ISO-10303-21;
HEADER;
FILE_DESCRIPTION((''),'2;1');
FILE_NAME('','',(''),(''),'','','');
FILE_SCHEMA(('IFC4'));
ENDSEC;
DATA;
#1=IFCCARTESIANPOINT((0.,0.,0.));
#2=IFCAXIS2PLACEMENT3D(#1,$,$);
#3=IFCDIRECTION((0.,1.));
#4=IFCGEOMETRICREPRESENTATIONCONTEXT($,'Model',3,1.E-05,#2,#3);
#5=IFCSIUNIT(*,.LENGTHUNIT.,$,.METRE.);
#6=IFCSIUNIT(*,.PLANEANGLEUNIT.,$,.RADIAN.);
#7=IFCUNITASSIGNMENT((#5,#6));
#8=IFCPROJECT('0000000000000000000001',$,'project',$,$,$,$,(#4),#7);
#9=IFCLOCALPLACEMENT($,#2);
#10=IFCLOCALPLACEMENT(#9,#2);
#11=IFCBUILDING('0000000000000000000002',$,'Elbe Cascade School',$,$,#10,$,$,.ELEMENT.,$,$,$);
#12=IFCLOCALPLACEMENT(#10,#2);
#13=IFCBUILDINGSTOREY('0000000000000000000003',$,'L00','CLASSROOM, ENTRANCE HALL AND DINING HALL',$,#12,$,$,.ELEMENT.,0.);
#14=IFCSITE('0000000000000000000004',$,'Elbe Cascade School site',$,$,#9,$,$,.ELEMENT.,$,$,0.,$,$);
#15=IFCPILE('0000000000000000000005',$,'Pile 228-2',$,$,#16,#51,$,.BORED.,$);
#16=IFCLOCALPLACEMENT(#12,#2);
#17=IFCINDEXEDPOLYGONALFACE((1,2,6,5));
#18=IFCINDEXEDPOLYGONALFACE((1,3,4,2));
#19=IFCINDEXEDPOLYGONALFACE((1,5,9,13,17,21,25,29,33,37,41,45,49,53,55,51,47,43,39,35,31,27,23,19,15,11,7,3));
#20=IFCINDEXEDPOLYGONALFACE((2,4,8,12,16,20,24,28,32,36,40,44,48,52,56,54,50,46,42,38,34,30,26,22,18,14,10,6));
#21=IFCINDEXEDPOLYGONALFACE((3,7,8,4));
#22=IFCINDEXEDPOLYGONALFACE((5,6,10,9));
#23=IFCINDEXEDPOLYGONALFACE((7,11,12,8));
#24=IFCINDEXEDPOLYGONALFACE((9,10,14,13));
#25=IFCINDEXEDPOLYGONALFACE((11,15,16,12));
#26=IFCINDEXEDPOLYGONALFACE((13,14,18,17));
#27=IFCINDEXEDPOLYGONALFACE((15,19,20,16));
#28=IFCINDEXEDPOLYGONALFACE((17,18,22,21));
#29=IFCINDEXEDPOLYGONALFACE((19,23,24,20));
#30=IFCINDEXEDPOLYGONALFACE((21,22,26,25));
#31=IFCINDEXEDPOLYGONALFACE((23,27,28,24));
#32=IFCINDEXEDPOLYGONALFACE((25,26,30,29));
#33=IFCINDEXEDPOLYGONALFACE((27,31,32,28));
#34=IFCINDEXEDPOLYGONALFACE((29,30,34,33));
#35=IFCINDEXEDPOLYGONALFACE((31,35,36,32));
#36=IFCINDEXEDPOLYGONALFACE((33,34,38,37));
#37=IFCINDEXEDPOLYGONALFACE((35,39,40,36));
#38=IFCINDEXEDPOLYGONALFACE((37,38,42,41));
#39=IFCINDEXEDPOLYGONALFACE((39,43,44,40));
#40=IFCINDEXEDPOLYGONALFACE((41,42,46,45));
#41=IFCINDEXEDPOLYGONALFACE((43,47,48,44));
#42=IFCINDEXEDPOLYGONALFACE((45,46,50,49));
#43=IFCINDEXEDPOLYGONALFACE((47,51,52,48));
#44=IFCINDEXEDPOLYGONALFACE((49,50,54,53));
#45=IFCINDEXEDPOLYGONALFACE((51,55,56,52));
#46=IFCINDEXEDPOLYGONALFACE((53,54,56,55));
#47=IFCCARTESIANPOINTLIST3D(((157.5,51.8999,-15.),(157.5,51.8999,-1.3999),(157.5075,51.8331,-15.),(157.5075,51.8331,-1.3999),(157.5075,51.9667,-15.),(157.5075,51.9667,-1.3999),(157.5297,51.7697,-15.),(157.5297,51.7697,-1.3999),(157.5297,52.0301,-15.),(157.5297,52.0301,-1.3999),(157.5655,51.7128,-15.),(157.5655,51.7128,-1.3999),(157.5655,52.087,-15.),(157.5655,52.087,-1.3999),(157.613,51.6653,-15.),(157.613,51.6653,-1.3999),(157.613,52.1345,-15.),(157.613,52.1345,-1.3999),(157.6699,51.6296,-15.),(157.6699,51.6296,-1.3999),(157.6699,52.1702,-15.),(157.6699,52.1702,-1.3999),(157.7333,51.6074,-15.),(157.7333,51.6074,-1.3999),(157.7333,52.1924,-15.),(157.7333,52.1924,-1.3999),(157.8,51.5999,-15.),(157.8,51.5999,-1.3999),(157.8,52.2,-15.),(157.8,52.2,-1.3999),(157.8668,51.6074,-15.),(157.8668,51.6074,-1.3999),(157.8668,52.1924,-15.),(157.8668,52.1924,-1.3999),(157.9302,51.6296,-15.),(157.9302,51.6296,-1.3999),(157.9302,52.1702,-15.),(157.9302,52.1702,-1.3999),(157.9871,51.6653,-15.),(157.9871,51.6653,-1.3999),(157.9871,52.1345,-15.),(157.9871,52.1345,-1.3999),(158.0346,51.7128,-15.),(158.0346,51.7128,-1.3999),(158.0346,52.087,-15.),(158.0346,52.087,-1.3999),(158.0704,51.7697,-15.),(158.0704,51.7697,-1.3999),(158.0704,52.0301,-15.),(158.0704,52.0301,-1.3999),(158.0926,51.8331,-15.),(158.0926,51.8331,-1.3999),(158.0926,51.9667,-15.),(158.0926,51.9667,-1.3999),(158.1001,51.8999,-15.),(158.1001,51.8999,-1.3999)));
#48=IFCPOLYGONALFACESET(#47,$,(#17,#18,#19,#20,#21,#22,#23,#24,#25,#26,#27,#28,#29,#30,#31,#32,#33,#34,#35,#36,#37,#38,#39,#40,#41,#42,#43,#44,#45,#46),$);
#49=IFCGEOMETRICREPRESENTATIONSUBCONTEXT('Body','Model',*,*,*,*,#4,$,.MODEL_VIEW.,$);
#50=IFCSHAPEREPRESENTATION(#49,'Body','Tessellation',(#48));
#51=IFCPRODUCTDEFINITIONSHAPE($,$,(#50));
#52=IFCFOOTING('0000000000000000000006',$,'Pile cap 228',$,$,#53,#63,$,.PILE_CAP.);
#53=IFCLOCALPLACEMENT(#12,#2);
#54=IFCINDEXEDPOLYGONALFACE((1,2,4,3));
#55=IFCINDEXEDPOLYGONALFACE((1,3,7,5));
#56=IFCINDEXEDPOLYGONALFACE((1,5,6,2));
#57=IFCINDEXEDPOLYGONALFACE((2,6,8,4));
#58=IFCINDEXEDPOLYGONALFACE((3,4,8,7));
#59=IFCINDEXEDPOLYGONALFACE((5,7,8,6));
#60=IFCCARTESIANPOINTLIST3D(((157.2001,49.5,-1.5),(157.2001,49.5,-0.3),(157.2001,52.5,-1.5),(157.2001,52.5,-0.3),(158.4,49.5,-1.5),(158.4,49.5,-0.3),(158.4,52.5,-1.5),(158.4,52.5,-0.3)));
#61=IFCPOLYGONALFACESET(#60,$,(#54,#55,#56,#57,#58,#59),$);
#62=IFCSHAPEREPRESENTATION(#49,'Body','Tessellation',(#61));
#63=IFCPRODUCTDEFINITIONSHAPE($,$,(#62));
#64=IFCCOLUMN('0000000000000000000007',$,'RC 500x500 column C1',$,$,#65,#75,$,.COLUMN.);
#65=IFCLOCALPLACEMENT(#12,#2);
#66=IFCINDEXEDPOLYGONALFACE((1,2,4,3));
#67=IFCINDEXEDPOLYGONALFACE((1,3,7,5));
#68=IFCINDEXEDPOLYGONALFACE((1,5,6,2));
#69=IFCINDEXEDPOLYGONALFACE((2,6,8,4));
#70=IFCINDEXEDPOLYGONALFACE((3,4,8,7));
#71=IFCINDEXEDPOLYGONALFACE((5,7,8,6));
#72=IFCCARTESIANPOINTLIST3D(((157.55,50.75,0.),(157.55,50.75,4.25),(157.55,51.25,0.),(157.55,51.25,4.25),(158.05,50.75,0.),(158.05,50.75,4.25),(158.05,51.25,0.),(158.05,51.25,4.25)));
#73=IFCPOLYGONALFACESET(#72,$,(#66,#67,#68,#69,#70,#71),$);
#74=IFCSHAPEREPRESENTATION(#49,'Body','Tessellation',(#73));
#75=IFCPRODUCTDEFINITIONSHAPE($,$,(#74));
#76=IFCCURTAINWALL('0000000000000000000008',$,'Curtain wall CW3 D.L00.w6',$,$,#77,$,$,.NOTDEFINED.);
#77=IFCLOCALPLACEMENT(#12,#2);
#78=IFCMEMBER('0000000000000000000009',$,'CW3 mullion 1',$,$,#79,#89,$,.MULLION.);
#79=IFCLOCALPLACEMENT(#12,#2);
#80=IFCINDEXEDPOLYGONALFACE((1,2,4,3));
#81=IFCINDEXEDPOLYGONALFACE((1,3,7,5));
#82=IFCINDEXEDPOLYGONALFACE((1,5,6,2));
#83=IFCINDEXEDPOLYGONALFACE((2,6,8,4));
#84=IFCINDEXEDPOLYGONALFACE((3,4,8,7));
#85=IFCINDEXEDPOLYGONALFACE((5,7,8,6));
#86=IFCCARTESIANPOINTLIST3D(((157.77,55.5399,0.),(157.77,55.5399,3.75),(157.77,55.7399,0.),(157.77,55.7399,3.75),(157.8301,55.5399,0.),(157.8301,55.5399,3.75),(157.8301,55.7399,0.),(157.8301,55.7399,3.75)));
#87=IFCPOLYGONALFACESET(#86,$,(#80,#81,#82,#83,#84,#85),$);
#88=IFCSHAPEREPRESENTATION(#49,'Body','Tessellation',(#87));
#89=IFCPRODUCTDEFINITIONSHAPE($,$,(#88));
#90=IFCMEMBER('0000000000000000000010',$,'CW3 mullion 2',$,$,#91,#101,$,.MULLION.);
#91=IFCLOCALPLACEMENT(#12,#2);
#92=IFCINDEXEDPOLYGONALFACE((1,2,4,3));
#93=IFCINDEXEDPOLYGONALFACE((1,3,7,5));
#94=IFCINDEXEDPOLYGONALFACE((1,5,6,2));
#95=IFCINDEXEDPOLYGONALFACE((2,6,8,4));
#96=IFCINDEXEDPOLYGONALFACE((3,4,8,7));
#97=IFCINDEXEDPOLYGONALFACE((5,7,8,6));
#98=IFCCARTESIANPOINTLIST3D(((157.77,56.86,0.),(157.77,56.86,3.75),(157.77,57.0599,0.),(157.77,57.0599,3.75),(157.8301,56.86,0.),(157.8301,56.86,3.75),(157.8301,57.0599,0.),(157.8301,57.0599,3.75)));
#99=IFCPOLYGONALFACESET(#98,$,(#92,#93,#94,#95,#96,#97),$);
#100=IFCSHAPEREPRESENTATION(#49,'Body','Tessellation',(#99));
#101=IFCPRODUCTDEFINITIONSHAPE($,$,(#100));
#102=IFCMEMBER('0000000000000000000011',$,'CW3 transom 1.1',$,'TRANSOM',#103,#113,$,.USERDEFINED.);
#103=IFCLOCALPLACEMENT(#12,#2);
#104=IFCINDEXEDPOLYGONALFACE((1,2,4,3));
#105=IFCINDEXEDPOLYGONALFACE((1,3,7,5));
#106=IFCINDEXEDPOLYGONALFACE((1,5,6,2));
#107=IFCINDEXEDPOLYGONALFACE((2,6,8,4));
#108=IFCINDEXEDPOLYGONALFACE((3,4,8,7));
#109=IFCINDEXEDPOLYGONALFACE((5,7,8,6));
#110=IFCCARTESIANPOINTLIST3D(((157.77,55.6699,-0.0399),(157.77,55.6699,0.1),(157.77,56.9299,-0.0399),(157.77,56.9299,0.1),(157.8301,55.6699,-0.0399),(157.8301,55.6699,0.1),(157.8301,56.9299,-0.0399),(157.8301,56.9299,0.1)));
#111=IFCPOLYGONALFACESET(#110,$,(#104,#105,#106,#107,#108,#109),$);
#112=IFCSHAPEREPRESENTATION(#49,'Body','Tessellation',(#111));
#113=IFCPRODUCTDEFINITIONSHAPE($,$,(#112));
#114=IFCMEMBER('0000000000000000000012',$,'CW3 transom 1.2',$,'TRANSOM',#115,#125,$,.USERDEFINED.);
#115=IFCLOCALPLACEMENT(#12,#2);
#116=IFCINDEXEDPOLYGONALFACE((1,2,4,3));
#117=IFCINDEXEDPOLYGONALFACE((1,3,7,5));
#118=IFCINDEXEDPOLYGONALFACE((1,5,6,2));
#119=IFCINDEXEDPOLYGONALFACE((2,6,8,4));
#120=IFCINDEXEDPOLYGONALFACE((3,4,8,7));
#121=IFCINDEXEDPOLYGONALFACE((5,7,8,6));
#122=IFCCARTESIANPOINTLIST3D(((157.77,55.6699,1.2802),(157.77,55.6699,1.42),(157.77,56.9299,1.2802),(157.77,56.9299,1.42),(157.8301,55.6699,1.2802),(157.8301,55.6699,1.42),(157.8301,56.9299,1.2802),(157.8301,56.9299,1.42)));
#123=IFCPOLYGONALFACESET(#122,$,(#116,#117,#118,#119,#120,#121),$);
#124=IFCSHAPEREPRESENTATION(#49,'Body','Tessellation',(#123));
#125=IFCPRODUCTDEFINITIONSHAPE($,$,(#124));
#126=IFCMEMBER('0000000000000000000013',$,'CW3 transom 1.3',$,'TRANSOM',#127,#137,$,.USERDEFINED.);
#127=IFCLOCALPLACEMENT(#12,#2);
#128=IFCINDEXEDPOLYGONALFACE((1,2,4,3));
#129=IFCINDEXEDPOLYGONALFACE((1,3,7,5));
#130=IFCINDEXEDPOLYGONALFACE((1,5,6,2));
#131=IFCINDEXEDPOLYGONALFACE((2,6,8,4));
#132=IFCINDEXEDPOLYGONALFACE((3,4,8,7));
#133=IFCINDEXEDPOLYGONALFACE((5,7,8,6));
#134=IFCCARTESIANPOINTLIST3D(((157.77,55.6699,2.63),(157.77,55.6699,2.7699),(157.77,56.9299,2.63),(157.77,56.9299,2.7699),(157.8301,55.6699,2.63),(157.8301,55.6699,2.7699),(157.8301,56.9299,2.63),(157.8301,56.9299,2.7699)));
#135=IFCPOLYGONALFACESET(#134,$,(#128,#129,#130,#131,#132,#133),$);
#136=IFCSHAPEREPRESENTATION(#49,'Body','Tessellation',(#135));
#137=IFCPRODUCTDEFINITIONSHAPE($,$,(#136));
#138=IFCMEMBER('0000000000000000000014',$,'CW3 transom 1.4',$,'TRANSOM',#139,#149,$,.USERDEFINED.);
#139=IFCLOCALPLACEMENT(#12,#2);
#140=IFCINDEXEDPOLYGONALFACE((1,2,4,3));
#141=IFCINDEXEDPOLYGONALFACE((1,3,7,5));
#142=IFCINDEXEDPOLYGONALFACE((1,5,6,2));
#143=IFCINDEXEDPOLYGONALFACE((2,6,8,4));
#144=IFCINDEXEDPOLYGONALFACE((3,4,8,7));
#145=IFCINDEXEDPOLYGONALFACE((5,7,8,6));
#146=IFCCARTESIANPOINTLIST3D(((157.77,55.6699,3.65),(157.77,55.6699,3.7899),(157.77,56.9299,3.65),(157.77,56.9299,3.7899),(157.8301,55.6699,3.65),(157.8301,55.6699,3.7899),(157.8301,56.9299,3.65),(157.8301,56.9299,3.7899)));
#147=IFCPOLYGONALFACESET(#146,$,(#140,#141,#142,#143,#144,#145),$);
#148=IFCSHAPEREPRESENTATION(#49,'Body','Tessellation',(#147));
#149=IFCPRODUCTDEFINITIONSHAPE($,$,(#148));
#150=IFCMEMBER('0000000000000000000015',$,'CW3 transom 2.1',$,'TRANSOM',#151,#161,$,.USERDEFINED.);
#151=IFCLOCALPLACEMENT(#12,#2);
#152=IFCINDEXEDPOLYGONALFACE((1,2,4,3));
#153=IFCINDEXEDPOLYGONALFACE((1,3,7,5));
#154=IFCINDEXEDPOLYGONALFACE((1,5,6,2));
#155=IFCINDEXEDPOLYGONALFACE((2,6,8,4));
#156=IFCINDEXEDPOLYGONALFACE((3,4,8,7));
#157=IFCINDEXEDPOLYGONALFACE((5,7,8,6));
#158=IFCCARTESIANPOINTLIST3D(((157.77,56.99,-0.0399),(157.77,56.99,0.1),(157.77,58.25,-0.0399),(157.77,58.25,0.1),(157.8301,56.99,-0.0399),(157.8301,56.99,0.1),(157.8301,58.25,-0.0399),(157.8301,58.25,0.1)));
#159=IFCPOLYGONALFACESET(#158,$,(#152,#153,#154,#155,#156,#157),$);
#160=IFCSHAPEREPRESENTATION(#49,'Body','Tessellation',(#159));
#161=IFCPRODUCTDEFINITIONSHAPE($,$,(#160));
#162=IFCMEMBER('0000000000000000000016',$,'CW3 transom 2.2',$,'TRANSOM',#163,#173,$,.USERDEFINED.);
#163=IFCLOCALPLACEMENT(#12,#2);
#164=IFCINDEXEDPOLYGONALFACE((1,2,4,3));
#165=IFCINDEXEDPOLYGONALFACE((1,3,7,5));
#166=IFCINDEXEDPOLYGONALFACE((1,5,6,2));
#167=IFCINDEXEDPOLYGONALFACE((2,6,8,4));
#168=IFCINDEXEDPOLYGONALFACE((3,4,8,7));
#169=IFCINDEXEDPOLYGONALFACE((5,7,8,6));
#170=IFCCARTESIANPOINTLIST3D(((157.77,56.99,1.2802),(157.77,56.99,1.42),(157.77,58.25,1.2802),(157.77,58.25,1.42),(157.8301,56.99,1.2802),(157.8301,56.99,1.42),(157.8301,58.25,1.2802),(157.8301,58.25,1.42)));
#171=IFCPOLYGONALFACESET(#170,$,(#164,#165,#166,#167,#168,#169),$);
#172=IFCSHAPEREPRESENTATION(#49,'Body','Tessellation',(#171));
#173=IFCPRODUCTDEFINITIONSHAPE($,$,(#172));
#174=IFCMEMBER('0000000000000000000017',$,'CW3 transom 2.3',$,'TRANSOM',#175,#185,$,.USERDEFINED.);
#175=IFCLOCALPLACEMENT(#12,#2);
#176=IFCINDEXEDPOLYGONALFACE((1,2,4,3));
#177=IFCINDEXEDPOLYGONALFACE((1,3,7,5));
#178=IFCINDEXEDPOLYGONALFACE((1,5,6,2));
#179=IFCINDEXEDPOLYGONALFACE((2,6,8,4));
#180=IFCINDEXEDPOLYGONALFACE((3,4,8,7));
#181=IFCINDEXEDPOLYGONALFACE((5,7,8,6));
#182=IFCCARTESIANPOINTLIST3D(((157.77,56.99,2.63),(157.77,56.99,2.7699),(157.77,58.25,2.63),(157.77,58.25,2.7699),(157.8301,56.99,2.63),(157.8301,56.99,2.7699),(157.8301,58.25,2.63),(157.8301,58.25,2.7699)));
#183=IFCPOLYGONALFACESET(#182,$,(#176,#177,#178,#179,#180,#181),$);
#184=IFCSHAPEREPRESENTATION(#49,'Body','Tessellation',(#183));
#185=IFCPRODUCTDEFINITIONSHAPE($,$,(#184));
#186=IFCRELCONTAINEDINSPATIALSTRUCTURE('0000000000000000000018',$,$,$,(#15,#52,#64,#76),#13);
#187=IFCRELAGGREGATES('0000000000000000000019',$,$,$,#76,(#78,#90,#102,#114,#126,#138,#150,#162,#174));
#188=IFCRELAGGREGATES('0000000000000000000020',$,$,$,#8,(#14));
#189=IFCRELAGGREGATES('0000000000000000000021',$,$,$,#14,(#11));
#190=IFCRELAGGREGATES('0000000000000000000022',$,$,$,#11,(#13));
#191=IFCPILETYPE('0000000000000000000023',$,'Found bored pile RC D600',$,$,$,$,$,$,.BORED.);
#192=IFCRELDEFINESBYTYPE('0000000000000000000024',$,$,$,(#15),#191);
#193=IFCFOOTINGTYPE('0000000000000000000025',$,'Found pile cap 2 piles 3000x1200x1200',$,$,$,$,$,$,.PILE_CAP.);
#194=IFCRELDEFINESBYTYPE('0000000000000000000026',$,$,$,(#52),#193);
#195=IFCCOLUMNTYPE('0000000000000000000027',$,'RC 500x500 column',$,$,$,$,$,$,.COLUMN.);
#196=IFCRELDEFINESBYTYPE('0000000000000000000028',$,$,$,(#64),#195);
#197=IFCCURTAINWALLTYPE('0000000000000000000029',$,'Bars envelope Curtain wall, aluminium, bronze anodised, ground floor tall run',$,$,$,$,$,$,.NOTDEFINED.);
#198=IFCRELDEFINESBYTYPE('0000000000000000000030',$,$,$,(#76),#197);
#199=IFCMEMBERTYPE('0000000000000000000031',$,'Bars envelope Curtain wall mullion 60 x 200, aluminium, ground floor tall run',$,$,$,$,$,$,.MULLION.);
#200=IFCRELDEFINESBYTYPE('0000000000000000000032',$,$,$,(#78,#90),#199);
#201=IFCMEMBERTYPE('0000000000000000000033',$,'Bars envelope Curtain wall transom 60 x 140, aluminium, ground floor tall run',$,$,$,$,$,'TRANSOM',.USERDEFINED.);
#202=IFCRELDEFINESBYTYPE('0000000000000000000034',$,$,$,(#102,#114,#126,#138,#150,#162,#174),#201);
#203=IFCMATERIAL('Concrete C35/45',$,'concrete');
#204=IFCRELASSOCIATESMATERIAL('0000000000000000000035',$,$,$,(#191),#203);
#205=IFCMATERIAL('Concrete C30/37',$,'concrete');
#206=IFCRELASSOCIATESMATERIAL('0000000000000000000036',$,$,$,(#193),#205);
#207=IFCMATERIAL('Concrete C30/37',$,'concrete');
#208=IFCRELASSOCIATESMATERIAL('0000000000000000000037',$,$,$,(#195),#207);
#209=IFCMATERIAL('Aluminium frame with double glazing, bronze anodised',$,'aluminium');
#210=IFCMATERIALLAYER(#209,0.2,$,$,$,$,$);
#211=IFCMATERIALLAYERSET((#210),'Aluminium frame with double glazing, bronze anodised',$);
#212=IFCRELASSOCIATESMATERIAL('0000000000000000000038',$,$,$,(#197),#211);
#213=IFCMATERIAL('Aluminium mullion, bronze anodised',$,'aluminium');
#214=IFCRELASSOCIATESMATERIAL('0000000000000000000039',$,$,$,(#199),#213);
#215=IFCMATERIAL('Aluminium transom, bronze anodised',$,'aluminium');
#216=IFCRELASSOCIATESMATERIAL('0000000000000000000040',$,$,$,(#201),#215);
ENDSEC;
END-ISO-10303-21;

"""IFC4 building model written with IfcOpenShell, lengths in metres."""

from ifc_helpers import new_model, si_unit, direction, frame, origin, origin_2d, place, context, subcontext, project, spatial, rectangle, circle, extrude, material, layer, layer_set, material_profile, profile_set, type_object, element, aggregate, save


model = new_model("IFC4")

# Units and contexts
model_context = context("Model", 3, precision=1e-05, world=origin(), true_north=direction((0.0, 1.0)))
body_context = subcontext(model_context, "Body", "Model", "MODEL_VIEW")
ifc_project = project(units=[si_unit("LENGTHUNIT", "METRE"), si_unit("PLANEANGLEUNIT", "RADIAN")], contexts=[model_context])

# Site, building, storey
site_placement = place(None, origin())
site = spatial("IfcSite", under=ifc_project, at=site_placement, Name="Elbe Cascade School site", CompositionType="ELEMENT", RefElevation=0.0)
building_placement = place(site_placement, origin())
building = spatial("IfcBuilding", under=site, at=building_placement, Name="Elbe Cascade School", CompositionType="ELEMENT")
storey_placement = place(building_placement, origin())
storey = spatial("IfcBuildingStorey", under=building, at=storey_placement, Name="L00", Description="CLASSROOM, ENTRANCE HALL AND DINING HALL", CompositionType="ELEMENT", Elevation=0.0)

# Pile
ifc_material_1 = material(Name="Concrete C35/45", Category="concrete")
ifc_material_profile_1 = material_profile(ifc_material_1, circle(Radius=0.3, at=origin_2d()), Name="RC D600")
ifc_profile_set_1 = profile_set([ifc_material_profile_1], Name="Concrete C35/45")
pile_type = type_object("IfcPileType", Name="Found bored pile RC D600", PredefinedType="BORED", material=ifc_profile_set_1)
pile_placement = place(storey_placement, frame((157.8, 51.8999, -1.3999), z_axis=(0.0, 0.0, -1.0), x_axis=(1.0, 0.0, 0.0)))
element("IfcPile", 1, at=pile_placement, inside=storey, type_object=pile_type, Name="Pile 228-2", PredefinedType="BORED", context=body_context, shape_type="SweptSolid", body=[
    extrude(circle(Radius=0.3, at=origin_2d()), origin(), (0.0, 0.0, 1.0), 13.6001),
])

# Footing
ifc_material_2 = material(Name="Concrete C30/37", Category="concrete")
footing_type = type_object("IfcFootingType", Name="Found pile cap 2 piles 3000x1200x1200", PredefinedType="PILE_CAP", material=ifc_material_2)
footing_placement = place(storey_placement, frame((157.8, 51.0, -1.5), z_axis=(0.0, 0.0, 1.0), x_axis=(1.0, 0.0, 0.0)))
element("IfcFooting", 2, at=footing_placement, inside=storey, type_object=footing_type, Name="Pile cap 228", PredefinedType="PILE_CAP", context=body_context, shape_type="SweptSolid", body=[
    extrude(rectangle(XDim=1.2, YDim=3.0, at=origin_2d()), origin(), (0.0, 0.0, 1.0), 1.2),
])

# Column
ifc_material_3 = material(Name="Concrete C30/37", Category="concrete")
ifc_material_profile_2 = material_profile(ifc_material_3, rectangle(XDim=0.5, YDim=0.5, at=origin_2d()), Name="RC 500x500")
ifc_profile_set_2 = profile_set([ifc_material_profile_2], Name="Concrete C30/37")
column_type = type_object("IfcColumnType", Name="RC 500x500 column", PredefinedType="COLUMN", material=ifc_profile_set_2)
column_placement = place(storey_placement, frame((157.8, 51.0, 0.0), z_axis=(0.0, 0.0, 1.0), x_axis=(1.0, 0.0, 0.0)))
element("IfcColumn", 3, at=column_placement, inside=storey, type_object=column_type, Name="RC 500x500 column C1", PredefinedType="COLUMN", context=body_context, shape_type="SweptSolid", body=[
    extrude(rectangle(XDim=0.5, YDim=0.5, at=origin_2d()), origin(), (0.0, 0.0, 1.0), 4.25),
])

# Curtain wall, members
ifc_material_4 = material(Name="Aluminium frame with double glazing, bronze anodised", Category="aluminium")
ifc_layer_1 = layer(ifc_material_4, 0.2)
ifc_layer_set_1 = layer_set([ifc_layer_1], Name="Aluminium frame with double glazing, bronze anodised")
curtain_wall_type = type_object("IfcCurtainWallType", Name="Bars envelope Curtain wall, aluminium, bronze anodised, ground floor tall run", PredefinedType="NOTDEFINED", material=ifc_layer_set_1)
curtain_wall_placement = place(storey_placement, origin())
curtain_wall = element("IfcCurtainWall", 4, at=curtain_wall_placement, inside=storey, type_object=curtain_wall_type, Name="Curtain wall CW3 D.L00.w6", PredefinedType="NOTDEFINED")
ifc_material_5 = material(Name="Aluminium mullion, bronze anodised", Category="aluminium")
ifc_material_profile_3 = material_profile(ifc_material_5, rectangle(XDim=0.0601, YDim=0.2, at=origin_2d()), Name="Bars envelope Curtain wall mullion 60 x 200, aluminium, ground floor tall run")
ifc_profile_set_3 = profile_set([ifc_material_profile_3], Name="Aluminium mullion, bronze anodised")
member_type_1 = type_object("IfcMemberType", Name="Bars envelope Curtain wall mullion 60 x 200, aluminium, ground floor tall run", PredefinedType="MULLION", material=ifc_profile_set_3)
member_1_placement = place(storey_placement, frame((157.8, 55.6399, 0.0), z_axis=(0.0, 0.0, 1.0), x_axis=(-1.0, 0.0, 0.0)))
member_1 = element("IfcMember", 5, at=member_1_placement, type_object=member_type_1, Name="CW3 mullion 1", PredefinedType="MULLION", context=body_context, shape_type="SweptSolid", body=[
    extrude(rectangle(XDim=0.0601, YDim=0.2, at=origin_2d()), origin(), (0.0, 0.0, 1.0), 3.75),
])
member_2_placement = place(storey_placement, frame((157.8, 56.96, 0.0), z_axis=(0.0, 0.0, 1.0), x_axis=(-1.0, 0.0, 0.0)))
member_2 = element("IfcMember", 6, at=member_2_placement, type_object=member_type_1, Name="CW3 mullion 2", PredefinedType="MULLION", context=body_context, shape_type="SweptSolid", body=[
    extrude(rectangle(XDim=0.0601, YDim=0.2, at=origin_2d()), origin(), (0.0, 0.0, 1.0), 3.75),
])
ifc_material_6 = material(Name="Aluminium transom, bronze anodised", Category="aluminium")
ifc_material_profile_4 = material_profile(ifc_material_6, rectangle(XDim=0.0601, YDim=0.1399, at=origin_2d()), Name="Bars envelope Curtain wall transom 60 x 140, aluminium, ground floor tall run")
ifc_profile_set_4 = profile_set([ifc_material_profile_4], Name="Aluminium transom, bronze anodised")
member_type_2 = type_object("IfcMemberType", Name="Bars envelope Curtain wall transom 60 x 140, aluminium, ground floor tall run", ElementType="TRANSOM", PredefinedType="USERDEFINED", material=ifc_profile_set_4)
member_3_placement = place(storey_placement, frame((157.8, 55.6699, 0.03), z_axis=(0.0, 1.0, 0.0), x_axis=(-1.0, 0.0, 0.0)))
member_3 = element("IfcMember", 7, at=member_3_placement, type_object=member_type_2, Name="CW3 transom 1.1", ObjectType="TRANSOM", PredefinedType="USERDEFINED", context=body_context, shape_type="SweptSolid", body=[
    extrude(rectangle(XDim=0.0601, YDim=0.1399, at=origin_2d()), origin(), (0.0, 0.0, 1.0), 1.26),
])
member_4_placement = place(storey_placement, frame((157.8, 55.6699, 1.3501), z_axis=(0.0, 1.0, 0.0), x_axis=(-1.0, 0.0, 0.0)))
member_4 = element("IfcMember", 8, at=member_4_placement, type_object=member_type_2, Name="CW3 transom 1.2", ObjectType="TRANSOM", PredefinedType="USERDEFINED", context=body_context, shape_type="SweptSolid", body=[
    extrude(rectangle(XDim=0.0601, YDim=0.1399, at=origin_2d()), origin(), (0.0, 0.0, 1.0), 1.26),
])
member_5_placement = place(storey_placement, frame((157.8, 55.6699, 2.7), z_axis=(0.0, 1.0, 0.0), x_axis=(-1.0, 0.0, 0.0)))
member_5 = element("IfcMember", 9, at=member_5_placement, type_object=member_type_2, Name="CW3 transom 1.3", ObjectType="TRANSOM", PredefinedType="USERDEFINED", context=body_context, shape_type="SweptSolid", body=[
    extrude(rectangle(XDim=0.0601, YDim=0.1399, at=origin_2d()), origin(), (0.0, 0.0, 1.0), 1.26),
])
member_6_placement = place(storey_placement, frame((157.8, 55.6699, 3.72), z_axis=(0.0, 1.0, 0.0), x_axis=(-1.0, 0.0, 0.0)))
member_6 = element("IfcMember", 10, at=member_6_placement, type_object=member_type_2, Name="CW3 transom 1.4", ObjectType="TRANSOM", PredefinedType="USERDEFINED", context=body_context, shape_type="SweptSolid", body=[
    extrude(rectangle(XDim=0.0601, YDim=0.1399, at=origin_2d()), origin(), (0.0, 0.0, 1.0), 1.26),
])
member_7_placement = place(storey_placement, frame((157.8, 56.99, 0.03), z_axis=(0.0, 1.0, 0.0), x_axis=(-1.0, 0.0, 0.0)))
member_7 = element("IfcMember", 11, at=member_7_placement, type_object=member_type_2, Name="CW3 transom 2.1", ObjectType="TRANSOM", PredefinedType="USERDEFINED", context=body_context, shape_type="SweptSolid", body=[
    extrude(rectangle(XDim=0.0601, YDim=0.1399, at=origin_2d()), origin(), (0.0, 0.0, 1.0), 1.26),
])
member_8_placement = place(storey_placement, frame((157.8, 56.99, 1.3501), z_axis=(0.0, 1.0, 0.0), x_axis=(-1.0, 0.0, 0.0)))
member_8 = element("IfcMember", 12, at=member_8_placement, type_object=member_type_2, Name="CW3 transom 2.2", ObjectType="TRANSOM", PredefinedType="USERDEFINED", context=body_context, shape_type="SweptSolid", body=[
    extrude(rectangle(XDim=0.0601, YDim=0.1399, at=origin_2d()), origin(), (0.0, 0.0, 1.0), 1.26),
])
member_9_placement = place(storey_placement, frame((157.8, 56.99, 2.7), z_axis=(0.0, 1.0, 0.0), x_axis=(-1.0, 0.0, 0.0)))
member_9 = element("IfcMember", 13, at=member_9_placement, type_object=member_type_2, Name="CW3 transom 2.3", ObjectType="TRANSOM", PredefinedType="USERDEFINED", context=body_context, shape_type="SweptSolid", body=[
    extrude(rectangle(XDim=0.0601, YDim=0.1399, at=origin_2d()), origin(), (0.0, 0.0, 1.0), 1.26),
])

aggregate(curtain_wall, [member_1, member_2, member_3, member_4, member_5, member_6, member_7, member_8, member_9])

save(model, "model.ifc")
